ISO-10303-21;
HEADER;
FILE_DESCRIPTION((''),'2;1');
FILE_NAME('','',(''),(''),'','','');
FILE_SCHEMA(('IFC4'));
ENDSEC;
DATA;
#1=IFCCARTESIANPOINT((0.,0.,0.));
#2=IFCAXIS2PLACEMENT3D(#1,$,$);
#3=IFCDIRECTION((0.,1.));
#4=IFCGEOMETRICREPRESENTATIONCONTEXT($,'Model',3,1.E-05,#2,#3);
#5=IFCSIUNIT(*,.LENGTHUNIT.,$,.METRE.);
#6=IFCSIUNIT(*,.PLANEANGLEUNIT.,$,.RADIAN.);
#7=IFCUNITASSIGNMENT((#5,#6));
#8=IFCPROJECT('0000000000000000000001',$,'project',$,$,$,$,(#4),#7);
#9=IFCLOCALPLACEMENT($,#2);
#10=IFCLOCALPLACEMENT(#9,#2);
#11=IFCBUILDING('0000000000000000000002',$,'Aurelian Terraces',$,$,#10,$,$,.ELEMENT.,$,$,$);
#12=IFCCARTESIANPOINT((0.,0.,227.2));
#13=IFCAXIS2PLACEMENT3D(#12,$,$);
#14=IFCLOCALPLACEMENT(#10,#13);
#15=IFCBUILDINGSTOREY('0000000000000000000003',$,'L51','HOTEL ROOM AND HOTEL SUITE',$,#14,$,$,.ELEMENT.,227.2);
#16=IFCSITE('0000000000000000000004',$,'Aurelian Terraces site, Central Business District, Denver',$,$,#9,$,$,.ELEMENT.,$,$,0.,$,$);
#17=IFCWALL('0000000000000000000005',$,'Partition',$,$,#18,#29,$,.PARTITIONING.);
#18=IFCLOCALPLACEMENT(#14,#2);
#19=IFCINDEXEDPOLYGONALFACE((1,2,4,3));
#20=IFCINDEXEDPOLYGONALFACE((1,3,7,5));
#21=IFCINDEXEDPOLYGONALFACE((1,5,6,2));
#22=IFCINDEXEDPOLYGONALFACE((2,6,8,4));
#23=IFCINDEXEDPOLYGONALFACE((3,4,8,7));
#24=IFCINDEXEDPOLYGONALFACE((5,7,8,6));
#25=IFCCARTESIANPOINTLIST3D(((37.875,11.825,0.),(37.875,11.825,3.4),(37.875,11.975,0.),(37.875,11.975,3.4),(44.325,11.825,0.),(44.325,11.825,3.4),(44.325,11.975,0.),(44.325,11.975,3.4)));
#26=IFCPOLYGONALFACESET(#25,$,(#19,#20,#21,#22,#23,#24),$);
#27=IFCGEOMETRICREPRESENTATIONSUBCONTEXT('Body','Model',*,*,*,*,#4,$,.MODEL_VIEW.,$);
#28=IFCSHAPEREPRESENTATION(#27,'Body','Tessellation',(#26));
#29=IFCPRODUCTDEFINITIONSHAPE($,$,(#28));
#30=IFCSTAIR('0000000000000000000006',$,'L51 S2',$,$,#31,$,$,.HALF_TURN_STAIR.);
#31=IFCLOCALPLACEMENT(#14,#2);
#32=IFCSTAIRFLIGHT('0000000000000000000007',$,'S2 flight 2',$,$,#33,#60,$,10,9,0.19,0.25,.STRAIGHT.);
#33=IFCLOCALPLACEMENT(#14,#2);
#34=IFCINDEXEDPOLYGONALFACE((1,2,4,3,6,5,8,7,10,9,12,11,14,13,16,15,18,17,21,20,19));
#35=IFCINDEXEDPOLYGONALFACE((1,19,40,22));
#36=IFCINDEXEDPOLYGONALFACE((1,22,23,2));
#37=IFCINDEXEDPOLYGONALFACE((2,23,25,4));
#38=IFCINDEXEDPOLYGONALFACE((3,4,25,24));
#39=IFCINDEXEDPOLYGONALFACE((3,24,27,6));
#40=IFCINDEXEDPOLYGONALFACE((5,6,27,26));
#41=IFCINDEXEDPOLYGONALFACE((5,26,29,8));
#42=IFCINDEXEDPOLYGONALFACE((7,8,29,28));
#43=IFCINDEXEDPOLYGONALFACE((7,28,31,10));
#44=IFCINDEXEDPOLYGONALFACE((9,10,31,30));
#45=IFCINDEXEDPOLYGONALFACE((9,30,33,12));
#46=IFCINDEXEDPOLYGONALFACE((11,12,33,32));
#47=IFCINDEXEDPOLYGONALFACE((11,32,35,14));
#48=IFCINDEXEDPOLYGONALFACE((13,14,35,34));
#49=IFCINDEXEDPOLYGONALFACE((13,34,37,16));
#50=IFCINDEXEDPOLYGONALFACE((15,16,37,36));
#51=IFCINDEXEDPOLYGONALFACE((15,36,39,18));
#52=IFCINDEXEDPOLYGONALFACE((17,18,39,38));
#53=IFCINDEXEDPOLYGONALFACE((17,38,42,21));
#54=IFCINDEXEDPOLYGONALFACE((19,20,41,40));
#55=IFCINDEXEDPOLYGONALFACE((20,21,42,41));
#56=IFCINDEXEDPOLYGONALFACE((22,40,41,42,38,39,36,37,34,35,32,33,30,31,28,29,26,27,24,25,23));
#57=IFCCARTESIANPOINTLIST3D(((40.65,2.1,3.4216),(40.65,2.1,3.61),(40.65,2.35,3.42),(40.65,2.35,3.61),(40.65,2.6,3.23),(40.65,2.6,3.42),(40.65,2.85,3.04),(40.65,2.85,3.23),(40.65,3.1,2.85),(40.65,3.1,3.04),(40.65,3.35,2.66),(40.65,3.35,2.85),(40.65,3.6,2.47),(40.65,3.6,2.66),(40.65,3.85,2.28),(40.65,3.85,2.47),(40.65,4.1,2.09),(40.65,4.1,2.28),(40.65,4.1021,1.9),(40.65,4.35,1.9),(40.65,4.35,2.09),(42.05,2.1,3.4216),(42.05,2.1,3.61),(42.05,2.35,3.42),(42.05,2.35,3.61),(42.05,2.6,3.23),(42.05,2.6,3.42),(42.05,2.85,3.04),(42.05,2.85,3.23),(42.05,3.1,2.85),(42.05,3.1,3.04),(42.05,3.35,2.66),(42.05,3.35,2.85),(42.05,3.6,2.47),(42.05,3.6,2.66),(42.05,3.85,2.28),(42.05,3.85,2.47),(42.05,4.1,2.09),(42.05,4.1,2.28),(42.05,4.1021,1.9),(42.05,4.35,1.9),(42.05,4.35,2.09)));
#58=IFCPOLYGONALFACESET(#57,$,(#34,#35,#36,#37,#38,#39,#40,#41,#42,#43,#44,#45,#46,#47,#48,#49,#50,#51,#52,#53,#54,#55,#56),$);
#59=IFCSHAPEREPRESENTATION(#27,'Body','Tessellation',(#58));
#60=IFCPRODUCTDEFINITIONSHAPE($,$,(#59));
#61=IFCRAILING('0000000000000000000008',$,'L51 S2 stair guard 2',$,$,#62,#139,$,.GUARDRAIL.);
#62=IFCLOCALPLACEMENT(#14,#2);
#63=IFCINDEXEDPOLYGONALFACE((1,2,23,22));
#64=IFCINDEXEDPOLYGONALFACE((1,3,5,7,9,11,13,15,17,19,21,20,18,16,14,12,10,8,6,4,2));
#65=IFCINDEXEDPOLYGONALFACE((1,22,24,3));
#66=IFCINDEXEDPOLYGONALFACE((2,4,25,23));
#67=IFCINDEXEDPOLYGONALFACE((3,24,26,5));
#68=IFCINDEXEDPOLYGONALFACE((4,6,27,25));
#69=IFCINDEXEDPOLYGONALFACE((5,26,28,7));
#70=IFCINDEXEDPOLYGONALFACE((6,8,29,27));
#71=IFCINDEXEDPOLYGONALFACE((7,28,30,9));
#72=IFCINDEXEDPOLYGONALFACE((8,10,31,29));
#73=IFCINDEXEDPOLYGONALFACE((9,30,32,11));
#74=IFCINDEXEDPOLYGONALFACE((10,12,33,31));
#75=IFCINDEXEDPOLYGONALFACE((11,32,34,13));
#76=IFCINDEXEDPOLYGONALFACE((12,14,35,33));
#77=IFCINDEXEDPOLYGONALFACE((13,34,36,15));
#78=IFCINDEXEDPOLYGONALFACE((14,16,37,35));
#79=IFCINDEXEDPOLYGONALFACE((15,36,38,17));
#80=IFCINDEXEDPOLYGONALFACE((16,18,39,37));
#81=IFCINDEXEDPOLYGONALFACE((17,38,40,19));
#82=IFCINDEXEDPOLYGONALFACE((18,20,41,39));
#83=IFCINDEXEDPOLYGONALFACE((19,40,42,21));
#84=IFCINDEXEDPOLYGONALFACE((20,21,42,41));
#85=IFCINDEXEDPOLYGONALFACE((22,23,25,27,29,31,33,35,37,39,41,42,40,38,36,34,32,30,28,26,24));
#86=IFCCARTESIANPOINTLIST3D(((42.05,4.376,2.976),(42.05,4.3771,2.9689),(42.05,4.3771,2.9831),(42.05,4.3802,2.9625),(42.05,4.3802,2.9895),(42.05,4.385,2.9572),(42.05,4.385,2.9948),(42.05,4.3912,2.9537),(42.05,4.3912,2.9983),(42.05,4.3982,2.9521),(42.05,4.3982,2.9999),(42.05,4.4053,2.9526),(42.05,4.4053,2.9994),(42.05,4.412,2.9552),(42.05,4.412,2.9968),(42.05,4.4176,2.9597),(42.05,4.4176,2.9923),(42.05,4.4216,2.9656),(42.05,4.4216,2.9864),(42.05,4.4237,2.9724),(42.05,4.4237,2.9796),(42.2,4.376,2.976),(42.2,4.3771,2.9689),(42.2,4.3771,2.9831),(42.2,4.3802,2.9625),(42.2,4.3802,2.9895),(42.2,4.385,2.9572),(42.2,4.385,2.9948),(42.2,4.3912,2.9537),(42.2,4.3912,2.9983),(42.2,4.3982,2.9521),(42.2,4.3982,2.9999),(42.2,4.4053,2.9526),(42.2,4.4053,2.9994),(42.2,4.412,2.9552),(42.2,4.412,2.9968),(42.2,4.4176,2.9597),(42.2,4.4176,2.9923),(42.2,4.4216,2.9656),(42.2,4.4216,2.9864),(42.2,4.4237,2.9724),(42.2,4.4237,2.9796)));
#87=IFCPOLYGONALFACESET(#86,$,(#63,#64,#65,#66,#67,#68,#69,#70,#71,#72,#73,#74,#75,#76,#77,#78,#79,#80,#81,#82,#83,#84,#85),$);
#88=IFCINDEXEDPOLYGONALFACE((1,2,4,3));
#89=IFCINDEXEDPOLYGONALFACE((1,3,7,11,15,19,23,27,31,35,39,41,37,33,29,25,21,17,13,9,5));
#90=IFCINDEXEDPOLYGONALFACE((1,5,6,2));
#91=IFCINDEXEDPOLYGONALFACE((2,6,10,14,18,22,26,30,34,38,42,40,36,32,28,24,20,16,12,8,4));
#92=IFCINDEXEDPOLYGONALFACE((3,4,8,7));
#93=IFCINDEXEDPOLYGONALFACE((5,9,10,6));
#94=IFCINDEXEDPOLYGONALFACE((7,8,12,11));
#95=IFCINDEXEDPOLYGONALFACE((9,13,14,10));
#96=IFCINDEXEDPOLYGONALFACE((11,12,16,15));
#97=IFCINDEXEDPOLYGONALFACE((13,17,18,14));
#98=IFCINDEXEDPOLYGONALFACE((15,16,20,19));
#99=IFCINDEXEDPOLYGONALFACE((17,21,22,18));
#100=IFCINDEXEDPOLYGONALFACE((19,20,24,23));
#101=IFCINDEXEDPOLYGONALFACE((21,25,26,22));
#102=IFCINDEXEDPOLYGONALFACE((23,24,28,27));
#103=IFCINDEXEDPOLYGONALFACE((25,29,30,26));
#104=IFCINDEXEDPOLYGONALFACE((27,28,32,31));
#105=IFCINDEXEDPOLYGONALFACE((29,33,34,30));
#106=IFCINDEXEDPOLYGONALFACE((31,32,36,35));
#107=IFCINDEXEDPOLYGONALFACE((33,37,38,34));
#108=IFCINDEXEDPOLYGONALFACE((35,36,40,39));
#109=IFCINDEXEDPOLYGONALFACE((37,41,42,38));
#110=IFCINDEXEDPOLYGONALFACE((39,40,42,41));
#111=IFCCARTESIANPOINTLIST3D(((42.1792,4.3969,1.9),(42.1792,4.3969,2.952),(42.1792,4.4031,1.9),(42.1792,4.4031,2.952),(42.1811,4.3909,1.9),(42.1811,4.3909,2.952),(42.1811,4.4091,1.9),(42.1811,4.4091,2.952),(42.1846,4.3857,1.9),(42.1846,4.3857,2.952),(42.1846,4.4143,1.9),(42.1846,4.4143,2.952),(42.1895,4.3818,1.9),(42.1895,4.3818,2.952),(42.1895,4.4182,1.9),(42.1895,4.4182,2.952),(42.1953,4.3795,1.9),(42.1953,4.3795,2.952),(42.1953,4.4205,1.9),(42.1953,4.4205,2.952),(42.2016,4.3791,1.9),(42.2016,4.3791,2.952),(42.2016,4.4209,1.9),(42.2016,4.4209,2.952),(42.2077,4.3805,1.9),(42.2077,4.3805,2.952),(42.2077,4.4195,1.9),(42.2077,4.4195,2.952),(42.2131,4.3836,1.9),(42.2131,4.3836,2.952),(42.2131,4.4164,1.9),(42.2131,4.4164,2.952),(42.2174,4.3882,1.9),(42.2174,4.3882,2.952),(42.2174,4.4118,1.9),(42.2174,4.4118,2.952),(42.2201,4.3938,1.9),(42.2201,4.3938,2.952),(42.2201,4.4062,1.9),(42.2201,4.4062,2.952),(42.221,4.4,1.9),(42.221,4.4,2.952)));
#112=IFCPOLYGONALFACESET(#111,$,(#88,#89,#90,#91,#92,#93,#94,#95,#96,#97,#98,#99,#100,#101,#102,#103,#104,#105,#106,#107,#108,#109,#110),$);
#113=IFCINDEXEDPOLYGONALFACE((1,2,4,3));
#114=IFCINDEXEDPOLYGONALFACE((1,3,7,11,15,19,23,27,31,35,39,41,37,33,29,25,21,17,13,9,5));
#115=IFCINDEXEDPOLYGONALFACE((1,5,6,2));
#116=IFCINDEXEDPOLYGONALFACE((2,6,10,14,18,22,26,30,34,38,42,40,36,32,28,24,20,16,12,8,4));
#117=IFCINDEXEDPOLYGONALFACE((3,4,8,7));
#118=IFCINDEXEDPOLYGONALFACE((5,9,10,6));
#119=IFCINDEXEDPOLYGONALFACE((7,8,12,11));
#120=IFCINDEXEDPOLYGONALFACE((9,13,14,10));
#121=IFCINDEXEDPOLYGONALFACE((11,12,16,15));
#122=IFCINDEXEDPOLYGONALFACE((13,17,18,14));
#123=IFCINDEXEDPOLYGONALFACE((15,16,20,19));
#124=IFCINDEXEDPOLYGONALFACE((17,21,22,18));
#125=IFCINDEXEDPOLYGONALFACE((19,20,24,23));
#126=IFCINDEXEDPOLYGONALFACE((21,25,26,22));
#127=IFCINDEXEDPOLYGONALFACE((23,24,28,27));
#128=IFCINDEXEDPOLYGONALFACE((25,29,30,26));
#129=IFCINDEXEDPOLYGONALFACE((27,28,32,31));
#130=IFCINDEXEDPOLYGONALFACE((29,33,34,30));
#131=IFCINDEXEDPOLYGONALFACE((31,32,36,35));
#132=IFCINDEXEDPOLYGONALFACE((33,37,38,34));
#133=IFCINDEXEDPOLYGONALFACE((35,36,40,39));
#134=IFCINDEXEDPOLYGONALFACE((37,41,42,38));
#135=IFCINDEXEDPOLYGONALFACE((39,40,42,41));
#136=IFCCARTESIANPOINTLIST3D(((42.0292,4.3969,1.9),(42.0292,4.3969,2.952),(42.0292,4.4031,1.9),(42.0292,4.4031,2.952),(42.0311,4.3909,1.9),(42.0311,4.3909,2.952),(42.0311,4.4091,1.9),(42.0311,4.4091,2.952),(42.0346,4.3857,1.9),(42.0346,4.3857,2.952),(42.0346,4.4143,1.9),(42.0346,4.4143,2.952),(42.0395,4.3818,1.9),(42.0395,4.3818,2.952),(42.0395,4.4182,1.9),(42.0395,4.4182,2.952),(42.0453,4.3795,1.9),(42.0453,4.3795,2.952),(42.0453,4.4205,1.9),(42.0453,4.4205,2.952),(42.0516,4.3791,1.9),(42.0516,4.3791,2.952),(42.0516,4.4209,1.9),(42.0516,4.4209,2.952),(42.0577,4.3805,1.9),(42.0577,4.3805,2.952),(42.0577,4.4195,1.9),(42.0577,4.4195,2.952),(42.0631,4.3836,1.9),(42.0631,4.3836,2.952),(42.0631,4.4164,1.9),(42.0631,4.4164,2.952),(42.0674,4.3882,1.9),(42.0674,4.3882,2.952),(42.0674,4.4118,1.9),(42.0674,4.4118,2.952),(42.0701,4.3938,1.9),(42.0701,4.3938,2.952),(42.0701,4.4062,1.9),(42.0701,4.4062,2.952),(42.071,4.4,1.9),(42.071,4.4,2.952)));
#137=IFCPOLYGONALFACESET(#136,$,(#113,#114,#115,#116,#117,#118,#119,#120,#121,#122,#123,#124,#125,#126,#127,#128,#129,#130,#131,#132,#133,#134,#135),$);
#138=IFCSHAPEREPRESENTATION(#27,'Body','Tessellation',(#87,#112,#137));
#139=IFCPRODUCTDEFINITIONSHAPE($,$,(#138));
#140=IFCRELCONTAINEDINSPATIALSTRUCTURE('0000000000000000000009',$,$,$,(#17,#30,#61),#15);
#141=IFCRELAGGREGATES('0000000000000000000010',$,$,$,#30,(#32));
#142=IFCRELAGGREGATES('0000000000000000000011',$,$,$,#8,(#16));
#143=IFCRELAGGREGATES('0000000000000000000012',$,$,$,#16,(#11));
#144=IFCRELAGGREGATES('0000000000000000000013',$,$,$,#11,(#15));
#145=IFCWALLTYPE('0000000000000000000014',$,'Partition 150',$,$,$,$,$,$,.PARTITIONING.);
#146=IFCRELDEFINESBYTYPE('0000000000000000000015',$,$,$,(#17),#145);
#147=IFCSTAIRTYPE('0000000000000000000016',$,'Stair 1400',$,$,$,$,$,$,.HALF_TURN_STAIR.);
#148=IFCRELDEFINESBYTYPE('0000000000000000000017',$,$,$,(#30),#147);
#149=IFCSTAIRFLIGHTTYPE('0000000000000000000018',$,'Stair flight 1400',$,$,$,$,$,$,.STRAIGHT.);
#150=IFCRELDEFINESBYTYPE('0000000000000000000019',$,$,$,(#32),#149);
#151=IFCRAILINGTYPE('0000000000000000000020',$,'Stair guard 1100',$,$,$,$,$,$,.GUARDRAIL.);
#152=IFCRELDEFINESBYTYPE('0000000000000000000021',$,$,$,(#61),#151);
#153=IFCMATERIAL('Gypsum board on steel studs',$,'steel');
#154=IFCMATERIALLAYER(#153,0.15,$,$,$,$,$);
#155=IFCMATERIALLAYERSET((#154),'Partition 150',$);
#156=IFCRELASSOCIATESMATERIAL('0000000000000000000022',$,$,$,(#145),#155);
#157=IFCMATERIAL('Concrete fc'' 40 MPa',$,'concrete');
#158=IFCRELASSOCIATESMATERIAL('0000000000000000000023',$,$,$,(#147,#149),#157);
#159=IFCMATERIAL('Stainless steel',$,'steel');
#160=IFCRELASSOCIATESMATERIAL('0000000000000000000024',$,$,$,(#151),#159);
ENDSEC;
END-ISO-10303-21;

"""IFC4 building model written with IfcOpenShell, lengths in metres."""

from ifc_helpers import new_model, si_unit, direction, frame, frame_2d, origin, origin_2d, place, context, subcontext, project, spatial, polyline, rectangle, circle, outline, extrude, source, transform, mapped, material, layer, layer_set, type_object, element, aggregate, save


model = new_model("IFC4")

# Units and contexts
model_context = context("Model", 3, precision=1e-05, world=origin(), true_north=direction((0.0, 1.0)))
body_context = subcontext(model_context, "Body", "Model", "MODEL_VIEW")
ifc_project = project(units=[si_unit("LENGTHUNIT", "METRE"), si_unit("PLANEANGLEUNIT", "RADIAN")], contexts=[model_context])

# Site, building, storey
site_placement = place(None, origin())
site = spatial("IfcSite", under=ifc_project, at=site_placement, Name="Aurelian Terraces site, Central Business District, Denver", CompositionType="ELEMENT", RefElevation=0.0)
building_placement = place(site_placement, origin())
building = spatial("IfcBuilding", under=site, at=building_placement, Name="Aurelian Terraces", CompositionType="ELEMENT")
storey_placement = place(building_placement, frame((0.0, 0.0, 227.2)))
storey = spatial("IfcBuildingStorey", under=building, at=storey_placement, Name="L51", Description="HOTEL ROOM AND HOTEL SUITE", CompositionType="ELEMENT", Elevation=227.2)

# Shared definitions
ifc_material_1 = material(Name="Concrete fc' 40 MPa", Category="concrete")

# Shared definitions
ifc_material_2 = material(Name="Gypsum board on steel studs", Category="steel")

# Wall
ifc_layer_1 = layer(ifc_material_2, 0.15)
ifc_layer_set_1 = layer_set([ifc_layer_1], Name="Partition 150")
wall_type_1 = type_object("IfcWallType", Name="Partition 150", PredefinedType="PARTITIONING", material=ifc_layer_set_1)
shared_shape_1 = source(origin(), body_context, "Body", "SweptSolid", [
    extrude(rectangle(XDim=6.45, YDim=0.15, at=frame_2d((3.225, 0.0))), origin(), (0.0, 0.0, 1.0), 3.4),
])
wall_1_placement = place(storey_placement, frame((37.875, 11.9, 0.0), z_axis=(0.0, 0.0, 1.0), x_axis=(1.0, 0.0, 0.0)))
element("IfcWall", 1, at=wall_1_placement, inside=storey, type_object=wall_type_1, Name="Partition", PredefinedType="PARTITIONING", context=body_context, shape_type="MappedRepresentation", body=[
    mapped(shared_shape_1, transform((0.0, 0.0, 0.0), scale=1.0)),
])

# Stair, stair flight
stair_type = type_object("IfcStairType", Name="Stair 1400", PredefinedType="HALF_TURN_STAIR", material=ifc_material_1)
stair_placement = place(storey_placement, origin())
stair = element("IfcStair", 2, at=stair_placement, inside=storey, type_object=stair_type, Name="L51 S2", PredefinedType="HALF_TURN_STAIR")
stair_flight_type = type_object("IfcStairFlightType", Name="Stair flight 1400", PredefinedType="STRAIGHT", material=ifc_material_1)
shared_shape_2 = source(origin(), body_context, "Body", "SweptSolid", [
    extrude(outline(polyline([(0.0, 0.0), (0.0, 0.19), (0.25, 0.19), (0.25, 0.38), (0.5, 0.38), (0.5, 0.57), (0.75, 0.57), (0.75, 0.76), (1.0, 0.76), (1.0, 0.95), (1.25, 0.95), (1.25, 1.14), (1.5, 1.14), (1.5, 1.33), (1.75, 1.33), (1.75, 1.52), (2.0, 1.52), (2.0, 1.71), (2.25, 1.71), (2.25, 1.9), (2.25, 1.5216), (0.2479, 0.0), (0.0, 0.0)])), frame((0.0, 0.7, 0.0), z_axis=(0.0, -1.0, 0.0), x_axis=(1.0, 0.0, 0.0)), (0.0, 0.0, 1.0), 1.4),
])
stair_flight_placement = place(storey_placement, frame((41.35, 4.35, 1.9), z_axis=(0.0, 0.0, 1.0), x_axis=(0.0, -1.0, 0.0)))
stair_flight = element("IfcStairFlight", 3, at=stair_flight_placement, type_object=stair_flight_type, Name="S2 flight 2", NumberOfRisers=10, NumberOfTreads=9, PredefinedType="STRAIGHT", RiserHeight=0.19, TreadLength=0.25, context=body_context, shape_type="MappedRepresentation", body=[
    mapped(shared_shape_2, transform((0.0, 0.0, 0.0), scale=1.0)),
])
aggregate(stair, [stair_flight])

# Railing
ifc_material_3 = material(Name="Stainless steel", Category="steel")
railing_type_1 = type_object("IfcRailingType", Name="Stair guard 1100", PredefinedType="GUARDRAIL", material=ifc_material_3)
shared_shape_3 = source(origin(), body_context, "Body", "SweptSolid", [
    extrude(circle(Radius=0.024, at=origin_2d()), frame((0.0, 0.0, 1.076), z_axis=(-1.0, 0.0, 0.0), x_axis=(0.0, -1.0, 0.0)), (0.0, 0.0, 1.0), 0.15),
    extrude(circle(Radius=0.021, at=origin_2d()), origin(), (0.0, 0.0, 1.0), 1.052),
    extrude(circle(Radius=0.021, at=origin_2d()), frame((-0.15, 0.0, 0.0)), (0.0, 0.0, 1.0), 1.052),
])
for number, where, name in (
    (4, (42.2, 4.4, 1.9), "L51 S2 stair guard 2"),
):
    element("IfcRailing", number, at=place(storey_placement, frame(where)), inside=storey, type_object=railing_type_1, Name=name, PredefinedType="GUARDRAIL", context=body_context, shape_type="MappedRepresentation", body=[
        mapped(shared_shape_3, transform((0.0, 0.0, 0.0), scale=1.0)),
    ])

save(model, "model.ifc")
